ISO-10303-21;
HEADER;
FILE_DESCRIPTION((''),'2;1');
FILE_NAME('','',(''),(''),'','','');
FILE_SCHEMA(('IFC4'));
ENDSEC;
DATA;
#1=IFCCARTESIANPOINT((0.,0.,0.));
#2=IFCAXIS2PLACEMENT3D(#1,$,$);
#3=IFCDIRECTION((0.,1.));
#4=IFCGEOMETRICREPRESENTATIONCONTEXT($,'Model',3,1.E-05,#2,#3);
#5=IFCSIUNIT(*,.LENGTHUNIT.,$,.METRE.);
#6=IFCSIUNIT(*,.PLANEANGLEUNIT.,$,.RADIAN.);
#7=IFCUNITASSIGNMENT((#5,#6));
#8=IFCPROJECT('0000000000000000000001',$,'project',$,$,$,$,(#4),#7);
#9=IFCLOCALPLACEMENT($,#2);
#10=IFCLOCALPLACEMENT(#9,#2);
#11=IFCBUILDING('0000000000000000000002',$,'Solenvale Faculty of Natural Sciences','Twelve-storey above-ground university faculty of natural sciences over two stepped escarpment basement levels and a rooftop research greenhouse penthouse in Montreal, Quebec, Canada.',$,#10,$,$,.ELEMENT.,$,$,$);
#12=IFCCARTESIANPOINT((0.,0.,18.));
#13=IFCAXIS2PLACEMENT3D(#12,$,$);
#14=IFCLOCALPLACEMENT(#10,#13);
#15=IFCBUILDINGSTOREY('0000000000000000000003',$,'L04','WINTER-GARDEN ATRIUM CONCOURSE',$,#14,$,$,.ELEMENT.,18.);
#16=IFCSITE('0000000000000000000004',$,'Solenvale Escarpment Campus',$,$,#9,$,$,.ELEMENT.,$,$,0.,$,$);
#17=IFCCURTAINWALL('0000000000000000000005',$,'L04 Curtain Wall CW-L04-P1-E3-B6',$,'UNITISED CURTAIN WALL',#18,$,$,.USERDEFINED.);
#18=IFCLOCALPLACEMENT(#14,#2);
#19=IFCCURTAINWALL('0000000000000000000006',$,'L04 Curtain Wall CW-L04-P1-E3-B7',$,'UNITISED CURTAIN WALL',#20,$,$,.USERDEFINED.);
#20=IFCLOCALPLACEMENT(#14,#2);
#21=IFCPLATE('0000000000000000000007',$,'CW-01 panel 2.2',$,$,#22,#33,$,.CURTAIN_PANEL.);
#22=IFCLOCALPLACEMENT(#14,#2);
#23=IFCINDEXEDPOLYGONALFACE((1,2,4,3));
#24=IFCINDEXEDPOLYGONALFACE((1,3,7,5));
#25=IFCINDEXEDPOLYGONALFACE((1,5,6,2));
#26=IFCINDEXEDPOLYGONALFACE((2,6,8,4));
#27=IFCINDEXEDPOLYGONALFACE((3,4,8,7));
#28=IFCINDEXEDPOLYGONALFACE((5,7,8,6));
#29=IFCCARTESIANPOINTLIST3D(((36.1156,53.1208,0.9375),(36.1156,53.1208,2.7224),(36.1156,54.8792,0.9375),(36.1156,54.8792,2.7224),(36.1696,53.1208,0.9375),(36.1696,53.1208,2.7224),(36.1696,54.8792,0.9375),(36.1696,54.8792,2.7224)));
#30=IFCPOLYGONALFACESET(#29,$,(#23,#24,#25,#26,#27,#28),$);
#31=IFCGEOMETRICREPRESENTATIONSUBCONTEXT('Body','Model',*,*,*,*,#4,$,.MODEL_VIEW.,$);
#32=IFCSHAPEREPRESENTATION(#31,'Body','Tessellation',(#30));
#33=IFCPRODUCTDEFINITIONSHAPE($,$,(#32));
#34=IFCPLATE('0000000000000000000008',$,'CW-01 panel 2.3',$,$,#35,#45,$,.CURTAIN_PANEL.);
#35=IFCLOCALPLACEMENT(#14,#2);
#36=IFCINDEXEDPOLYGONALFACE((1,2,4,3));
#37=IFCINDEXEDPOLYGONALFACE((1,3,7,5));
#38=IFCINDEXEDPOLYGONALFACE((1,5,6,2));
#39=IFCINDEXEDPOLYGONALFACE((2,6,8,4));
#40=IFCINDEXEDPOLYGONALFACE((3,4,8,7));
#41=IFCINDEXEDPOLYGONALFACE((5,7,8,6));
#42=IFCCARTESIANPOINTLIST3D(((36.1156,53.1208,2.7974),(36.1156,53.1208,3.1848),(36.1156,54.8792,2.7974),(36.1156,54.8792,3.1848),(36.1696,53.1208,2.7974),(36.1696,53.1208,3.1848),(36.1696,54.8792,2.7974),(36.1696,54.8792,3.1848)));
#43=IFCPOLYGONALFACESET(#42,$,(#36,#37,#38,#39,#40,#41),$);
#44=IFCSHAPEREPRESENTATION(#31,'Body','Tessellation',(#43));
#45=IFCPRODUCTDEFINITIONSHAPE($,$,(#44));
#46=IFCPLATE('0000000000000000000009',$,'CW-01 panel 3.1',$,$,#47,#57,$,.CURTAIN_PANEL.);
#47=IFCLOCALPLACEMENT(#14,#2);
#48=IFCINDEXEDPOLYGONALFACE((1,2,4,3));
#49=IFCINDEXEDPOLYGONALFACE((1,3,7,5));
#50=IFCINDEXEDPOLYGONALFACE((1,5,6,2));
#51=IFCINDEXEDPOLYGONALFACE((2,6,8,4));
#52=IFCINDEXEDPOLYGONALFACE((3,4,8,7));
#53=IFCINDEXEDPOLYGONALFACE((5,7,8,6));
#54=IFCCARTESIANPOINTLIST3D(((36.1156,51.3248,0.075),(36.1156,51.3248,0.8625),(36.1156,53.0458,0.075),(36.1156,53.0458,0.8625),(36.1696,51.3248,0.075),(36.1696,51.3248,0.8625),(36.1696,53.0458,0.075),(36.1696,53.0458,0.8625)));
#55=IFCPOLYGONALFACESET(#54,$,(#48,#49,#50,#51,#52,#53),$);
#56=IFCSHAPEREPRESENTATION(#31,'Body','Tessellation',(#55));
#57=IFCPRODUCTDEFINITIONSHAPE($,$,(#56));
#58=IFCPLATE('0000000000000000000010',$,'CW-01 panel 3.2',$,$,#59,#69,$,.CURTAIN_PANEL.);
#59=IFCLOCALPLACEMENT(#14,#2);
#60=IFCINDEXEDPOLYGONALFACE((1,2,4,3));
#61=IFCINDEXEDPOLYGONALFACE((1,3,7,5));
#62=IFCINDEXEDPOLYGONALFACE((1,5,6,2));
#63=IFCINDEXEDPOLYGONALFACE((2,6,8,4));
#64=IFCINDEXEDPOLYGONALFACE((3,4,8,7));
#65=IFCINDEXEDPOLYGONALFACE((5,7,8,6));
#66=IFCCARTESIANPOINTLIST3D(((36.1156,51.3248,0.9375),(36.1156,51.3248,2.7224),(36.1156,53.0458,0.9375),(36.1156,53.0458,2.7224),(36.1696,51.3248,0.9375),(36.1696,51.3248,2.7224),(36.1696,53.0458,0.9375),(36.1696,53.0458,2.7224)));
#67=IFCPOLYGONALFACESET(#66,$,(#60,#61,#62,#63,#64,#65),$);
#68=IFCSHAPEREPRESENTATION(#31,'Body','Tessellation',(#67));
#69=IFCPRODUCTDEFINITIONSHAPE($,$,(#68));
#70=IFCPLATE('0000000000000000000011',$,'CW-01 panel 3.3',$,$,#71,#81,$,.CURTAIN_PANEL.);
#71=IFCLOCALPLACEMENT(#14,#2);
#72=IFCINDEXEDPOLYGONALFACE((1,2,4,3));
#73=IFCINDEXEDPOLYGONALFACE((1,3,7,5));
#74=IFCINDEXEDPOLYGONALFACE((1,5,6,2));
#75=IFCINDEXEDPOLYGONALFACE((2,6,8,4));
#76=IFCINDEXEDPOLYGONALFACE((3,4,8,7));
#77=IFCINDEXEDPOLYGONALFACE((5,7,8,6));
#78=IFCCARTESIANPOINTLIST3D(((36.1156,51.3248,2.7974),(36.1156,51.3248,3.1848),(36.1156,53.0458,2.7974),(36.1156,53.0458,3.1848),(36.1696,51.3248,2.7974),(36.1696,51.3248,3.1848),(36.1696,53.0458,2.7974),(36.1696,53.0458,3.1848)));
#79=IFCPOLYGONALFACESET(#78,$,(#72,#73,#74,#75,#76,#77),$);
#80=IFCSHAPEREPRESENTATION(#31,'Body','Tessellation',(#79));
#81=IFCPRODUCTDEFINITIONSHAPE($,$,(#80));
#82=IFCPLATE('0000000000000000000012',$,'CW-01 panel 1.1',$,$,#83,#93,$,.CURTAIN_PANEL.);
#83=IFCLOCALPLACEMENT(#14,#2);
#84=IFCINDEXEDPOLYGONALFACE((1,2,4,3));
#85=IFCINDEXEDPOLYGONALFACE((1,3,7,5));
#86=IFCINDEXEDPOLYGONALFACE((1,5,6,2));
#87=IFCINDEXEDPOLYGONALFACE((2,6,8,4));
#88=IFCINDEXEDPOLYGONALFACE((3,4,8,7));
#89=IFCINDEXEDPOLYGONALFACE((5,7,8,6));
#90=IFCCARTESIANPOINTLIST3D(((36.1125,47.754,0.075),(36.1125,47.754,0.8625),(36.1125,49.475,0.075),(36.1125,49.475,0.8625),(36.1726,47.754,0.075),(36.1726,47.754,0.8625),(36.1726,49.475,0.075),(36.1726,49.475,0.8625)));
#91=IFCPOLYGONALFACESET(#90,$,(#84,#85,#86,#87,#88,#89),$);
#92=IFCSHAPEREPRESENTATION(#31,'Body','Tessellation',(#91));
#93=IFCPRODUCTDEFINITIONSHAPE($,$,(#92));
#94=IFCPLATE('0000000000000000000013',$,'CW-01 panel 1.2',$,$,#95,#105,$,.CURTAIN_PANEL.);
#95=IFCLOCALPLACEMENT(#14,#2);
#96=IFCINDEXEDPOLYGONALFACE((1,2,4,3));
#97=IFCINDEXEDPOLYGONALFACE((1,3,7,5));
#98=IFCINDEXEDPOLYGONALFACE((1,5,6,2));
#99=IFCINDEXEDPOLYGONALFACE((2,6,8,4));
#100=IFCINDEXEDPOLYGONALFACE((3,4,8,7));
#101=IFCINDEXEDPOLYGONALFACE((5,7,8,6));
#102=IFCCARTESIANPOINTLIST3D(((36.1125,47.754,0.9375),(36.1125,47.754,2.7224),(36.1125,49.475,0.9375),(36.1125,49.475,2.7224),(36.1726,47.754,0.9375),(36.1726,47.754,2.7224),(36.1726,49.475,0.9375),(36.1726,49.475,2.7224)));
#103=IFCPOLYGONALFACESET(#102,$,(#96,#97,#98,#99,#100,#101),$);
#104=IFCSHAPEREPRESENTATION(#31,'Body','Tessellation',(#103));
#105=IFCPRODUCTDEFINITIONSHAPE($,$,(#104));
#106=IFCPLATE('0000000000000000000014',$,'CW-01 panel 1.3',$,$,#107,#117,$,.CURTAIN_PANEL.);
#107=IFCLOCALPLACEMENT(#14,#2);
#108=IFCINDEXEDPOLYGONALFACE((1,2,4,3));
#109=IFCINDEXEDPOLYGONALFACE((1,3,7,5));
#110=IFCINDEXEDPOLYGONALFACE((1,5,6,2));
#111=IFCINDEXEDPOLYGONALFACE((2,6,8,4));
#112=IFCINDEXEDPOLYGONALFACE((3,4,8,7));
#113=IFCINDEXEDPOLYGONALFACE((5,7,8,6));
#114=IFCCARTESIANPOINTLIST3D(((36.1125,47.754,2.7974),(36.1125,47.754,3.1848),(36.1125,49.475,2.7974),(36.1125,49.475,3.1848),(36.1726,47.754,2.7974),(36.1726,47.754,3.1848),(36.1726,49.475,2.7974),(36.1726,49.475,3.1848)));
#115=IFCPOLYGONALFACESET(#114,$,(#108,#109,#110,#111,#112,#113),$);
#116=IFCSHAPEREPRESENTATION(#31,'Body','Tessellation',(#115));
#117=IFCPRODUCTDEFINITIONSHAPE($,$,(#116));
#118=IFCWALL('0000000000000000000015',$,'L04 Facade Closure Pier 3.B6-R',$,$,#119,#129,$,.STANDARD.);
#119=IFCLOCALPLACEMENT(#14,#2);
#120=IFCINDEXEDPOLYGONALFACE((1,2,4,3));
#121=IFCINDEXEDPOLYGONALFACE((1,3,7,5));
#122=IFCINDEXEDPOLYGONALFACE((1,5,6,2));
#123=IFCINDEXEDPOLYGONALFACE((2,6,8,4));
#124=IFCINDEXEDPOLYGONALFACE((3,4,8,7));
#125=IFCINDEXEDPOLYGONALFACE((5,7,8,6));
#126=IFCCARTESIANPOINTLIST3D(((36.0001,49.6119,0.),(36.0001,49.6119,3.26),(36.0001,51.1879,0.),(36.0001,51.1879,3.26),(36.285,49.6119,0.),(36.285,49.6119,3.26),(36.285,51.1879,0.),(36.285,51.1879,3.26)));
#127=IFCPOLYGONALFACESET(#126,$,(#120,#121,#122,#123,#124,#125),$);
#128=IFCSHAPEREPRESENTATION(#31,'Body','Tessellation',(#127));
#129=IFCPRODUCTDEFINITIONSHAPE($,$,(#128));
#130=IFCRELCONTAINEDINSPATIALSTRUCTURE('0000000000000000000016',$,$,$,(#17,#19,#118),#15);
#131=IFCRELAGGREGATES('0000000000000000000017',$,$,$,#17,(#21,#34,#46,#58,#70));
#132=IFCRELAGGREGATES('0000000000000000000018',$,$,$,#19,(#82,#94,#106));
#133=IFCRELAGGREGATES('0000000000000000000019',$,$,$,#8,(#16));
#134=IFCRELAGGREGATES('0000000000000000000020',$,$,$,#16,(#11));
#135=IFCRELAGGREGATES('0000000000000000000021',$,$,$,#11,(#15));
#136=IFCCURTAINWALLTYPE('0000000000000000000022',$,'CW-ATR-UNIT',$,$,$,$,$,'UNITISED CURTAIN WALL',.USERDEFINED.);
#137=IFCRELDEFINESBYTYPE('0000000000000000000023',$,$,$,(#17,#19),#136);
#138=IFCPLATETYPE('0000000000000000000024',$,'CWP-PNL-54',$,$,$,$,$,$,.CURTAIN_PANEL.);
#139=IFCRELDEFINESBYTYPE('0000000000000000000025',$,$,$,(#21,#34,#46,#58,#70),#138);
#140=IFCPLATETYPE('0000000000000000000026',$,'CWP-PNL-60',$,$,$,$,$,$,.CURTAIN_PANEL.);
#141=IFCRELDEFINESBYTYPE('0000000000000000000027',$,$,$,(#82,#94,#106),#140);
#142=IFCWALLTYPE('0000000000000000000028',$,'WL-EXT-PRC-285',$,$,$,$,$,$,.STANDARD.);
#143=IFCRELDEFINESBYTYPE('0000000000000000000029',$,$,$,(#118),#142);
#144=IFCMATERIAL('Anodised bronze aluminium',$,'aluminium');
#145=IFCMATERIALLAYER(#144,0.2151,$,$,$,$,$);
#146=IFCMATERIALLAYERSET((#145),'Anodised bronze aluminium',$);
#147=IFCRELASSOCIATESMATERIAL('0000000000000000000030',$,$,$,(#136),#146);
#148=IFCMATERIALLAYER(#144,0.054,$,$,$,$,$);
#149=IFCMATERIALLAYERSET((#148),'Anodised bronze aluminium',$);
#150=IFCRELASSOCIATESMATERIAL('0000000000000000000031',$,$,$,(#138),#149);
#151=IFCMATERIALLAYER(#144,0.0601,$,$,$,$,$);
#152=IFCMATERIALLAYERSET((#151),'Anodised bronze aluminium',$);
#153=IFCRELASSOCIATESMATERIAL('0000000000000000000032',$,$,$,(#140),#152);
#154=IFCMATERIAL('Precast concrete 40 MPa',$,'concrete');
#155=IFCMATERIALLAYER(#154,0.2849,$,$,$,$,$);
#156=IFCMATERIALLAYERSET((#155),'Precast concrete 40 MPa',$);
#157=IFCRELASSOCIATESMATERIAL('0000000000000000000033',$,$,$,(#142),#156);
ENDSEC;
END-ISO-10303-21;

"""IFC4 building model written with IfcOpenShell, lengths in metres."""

from ifc_helpers import new_model, si_unit, direction, frame, frame_2d, origin, origin_2d, place, context, subcontext, project, spatial, rectangle, extrude, material, layer, layer_set, type_object, element, aggregate, save


model = new_model("IFC4")

# Units and contexts
model_context = context("Model", 3, precision=1e-05, world=origin(), true_north=direction((0.0, 1.0)))
body_context = subcontext(model_context, "Body", "Model", "MODEL_VIEW")
ifc_project = project(units=[si_unit("LENGTHUNIT", "METRE"), si_unit("PLANEANGLEUNIT", "RADIAN")], contexts=[model_context])

# Site, building, storey
site_placement = place(None, origin())
site = spatial("IfcSite", under=ifc_project, at=site_placement, Name="Solenvale Escarpment Campus", CompositionType="ELEMENT", RefElevation=0.0)
building_placement = place(site_placement, origin())
building = spatial("IfcBuilding", under=site, at=building_placement, Name="Solenvale Faculty of Natural Sciences", Description="Twelve-storey above-ground university faculty of natural sciences over two stepped escarpment basement levels and a rooftop research greenhouse penthouse in Montreal, Quebec, Canada.", CompositionType="ELEMENT")
storey_placement = place(building_placement, frame((0.0, 0.0, 18.0)))
storey = spatial("IfcBuildingStorey", under=building, at=storey_placement, Name="L04", Description="WINTER-GARDEN ATRIUM CONCOURSE", CompositionType="ELEMENT", Elevation=18.0)

# Curtain wall
ifc_material_1 = material(Name="Anodised bronze aluminium", Category="aluminium")
ifc_layer_1 = layer(ifc_material_1, 0.2151)
ifc_layer_set_1 = layer_set([ifc_layer_1], Name="Anodised bronze aluminium")
curtain_wall_type = type_object("IfcCurtainWallType", Name="CW-ATR-UNIT", ElementType="UNITISED CURTAIN WALL", PredefinedType="USERDEFINED", material=ifc_layer_set_1)
curtain_wall_1_placement = place(storey_placement, origin())
curtain_wall_1 = element("IfcCurtainWall", 1, at=curtain_wall_1_placement, inside=storey, type_object=curtain_wall_type, Name="L04 Curtain Wall CW-L04-P1-E3-B6", ObjectType="UNITISED CURTAIN WALL", PredefinedType="USERDEFINED")

# Curtain wall
curtain_wall_2_placement = place(storey_placement, origin())
curtain_wall_2 = element("IfcCurtainWall", 2, at=curtain_wall_2_placement, inside=storey, type_object=curtain_wall_type, Name="L04 Curtain Wall CW-L04-P1-E3-B7", ObjectType="UNITISED CURTAIN WALL", PredefinedType="USERDEFINED")

# Plates
ifc_layer_2 = layer(ifc_material_1, 0.054)
ifc_layer_set_2 = layer_set([ifc_layer_2], Name="Anodised bronze aluminium")
plate_type_1 = type_object("IfcPlateType", Name="CWP-PNL-54", PredefinedType="CURTAIN_PANEL", material=ifc_layer_set_2)
plate_1_placement = place(storey_placement, frame((36.1426, 54.0, 0.9375), z_axis=(0.0, 0.0, 1.0), x_axis=(0.0, -1.0, 0.0)))
plate_1 = element("IfcPlate", 3, at=plate_1_placement, type_object=plate_type_1, Name="CW-01 panel 2.2", PredefinedType="CURTAIN_PANEL", context=body_context, shape_type="SweptSolid", body=[
    extrude(rectangle(XDim=1.7583, YDim=0.054, at=origin_2d()), origin(), (0.0, 0.0, 1.0), 1.7849),
])
plate_2_placement = place(storey_placement, frame((36.1426, 54.0, 2.7974), z_axis=(0.0, 0.0, 1.0), x_axis=(0.0, -1.0, 0.0)))
plate_2 = element("IfcPlate", 4, at=plate_2_placement, type_object=plate_type_1, Name="CW-01 panel 2.3", PredefinedType="CURTAIN_PANEL", context=body_context, shape_type="SweptSolid", body=[
    extrude(rectangle(XDim=1.7583, YDim=0.054, at=origin_2d()), origin(), (0.0, 0.0, 1.0), 0.3875),
])
plate_3_placement = place(storey_placement, frame((36.1426, 52.1853, 0.075), z_axis=(0.0, 0.0, 1.0), x_axis=(0.0, -1.0, 0.0)))
plate_3 = element("IfcPlate", 5, at=plate_3_placement, type_object=plate_type_1, Name="CW-01 panel 3.1", PredefinedType="CURTAIN_PANEL", context=body_context, shape_type="SweptSolid", body=[
    extrude(rectangle(XDim=1.7209, YDim=0.054, at=origin_2d()), origin(), (0.0, 0.0, 1.0), 0.7876),
])
plate_4_placement = place(storey_placement, frame((36.1426, 52.1853, 0.9375), z_axis=(0.0, 0.0, 1.0), x_axis=(0.0, -1.0, 0.0)))
plate_4 = element("IfcPlate", 6, at=plate_4_placement, type_object=plate_type_1, Name="CW-01 panel 3.2", PredefinedType="CURTAIN_PANEL", context=body_context, shape_type="SweptSolid", body=[
    extrude(rectangle(XDim=1.7209, YDim=0.054, at=origin_2d()), origin(), (0.0, 0.0, 1.0), 1.7849),
])
plate_5_placement = place(storey_placement, frame((36.1426, 52.1853, 2.7974), z_axis=(0.0, 0.0, 1.0), x_axis=(0.0, -1.0, 0.0)))
plate_5 = element("IfcPlate", 7, at=plate_5_placement, type_object=plate_type_1, Name="CW-01 panel 3.3", PredefinedType="CURTAIN_PANEL", context=body_context, shape_type="SweptSolid", body=[
    extrude(rectangle(XDim=1.7209, YDim=0.054, at=origin_2d()), origin(), (0.0, 0.0, 1.0), 0.3875),
])
aggregate(curtain_wall_1, [plate_1, plate_2, plate_3, plate_4, plate_5])
ifc_layer_3 = layer(ifc_material_1, 0.0601)
ifc_layer_set_3 = layer_set([ifc_layer_3], Name="Anodised bronze aluminium")
plate_type_2 = type_object("IfcPlateType", Name="CWP-PNL-60", PredefinedType="CURTAIN_PANEL", material=ifc_layer_set_3)
plate_6_placement = place(storey_placement, frame((36.1426, 48.6145, 0.075), z_axis=(0.0, 0.0, 1.0), x_axis=(0.0, -1.0, 0.0)))
plate_6 = element("IfcPlate", 8, at=plate_6_placement, type_object=plate_type_2, Name="CW-01 panel 1.1", PredefinedType="CURTAIN_PANEL", context=body_context, shape_type="SweptSolid", body=[
    extrude(rectangle(XDim=1.7209, YDim=0.0601, at=origin_2d()), origin(), (0.0, 0.0, 1.0), 0.7876),
])
plate_7_placement = place(storey_placement, frame((36.1426, 48.6145, 0.9375), z_axis=(0.0, 0.0, 1.0), x_axis=(0.0, -1.0, 0.0)))
plate_7 = element("IfcPlate", 9, at=plate_7_placement, type_object=plate_type_2, Name="CW-01 panel 1.2", PredefinedType="CURTAIN_PANEL", context=body_context, shape_type="SweptSolid", body=[
    extrude(rectangle(XDim=1.7209, YDim=0.0601, at=origin_2d()), origin(), (0.0, 0.0, 1.0), 1.7849),
])
plate_8_placement = place(storey_placement, frame((36.1426, 48.6145, 2.7974), z_axis=(0.0, 0.0, 1.0), x_axis=(0.0, -1.0, 0.0)))
plate_8 = element("IfcPlate", 10, at=plate_8_placement, type_object=plate_type_2, Name="CW-01 panel 1.3", PredefinedType="CURTAIN_PANEL", context=body_context, shape_type="SweptSolid", body=[
    extrude(rectangle(XDim=1.7209, YDim=0.0601, at=origin_2d()), origin(), (0.0, 0.0, 1.0), 0.3875),
])
aggregate(curtain_wall_2, [plate_6, plate_7, plate_8])

# Wall
ifc_material_2 = material(Name="Precast concrete 40 MPa", Category="concrete")
ifc_layer_4 = layer(ifc_material_2, 0.2849)
ifc_layer_set_4 = layer_set([ifc_layer_4], Name="Precast concrete 40 MPa")
wall_type = type_object("IfcWallType", Name="WL-EXT-PRC-285", PredefinedType="STANDARD", material=ifc_layer_set_4)
wall_placement = place(storey_placement, frame((36.1426, 51.188, 0.0), z_axis=(0.0, 0.0, 1.0), x_axis=(0.0, -1.0, 0.0)))
element("IfcWall", 11, at=wall_placement, inside=storey, type_object=wall_type, Name="L04 Facade Closure Pier 3.B6-R", PredefinedType="STANDARD", context=body_context, shape_type="SweptSolid", body=[
    extrude(rectangle(XDim=1.5759, YDim=0.2849, at=frame_2d((0.7881, 0.0))), origin(), (0.0, 0.0, 1.0), 3.26),
])

save(model, "model.ifc")
